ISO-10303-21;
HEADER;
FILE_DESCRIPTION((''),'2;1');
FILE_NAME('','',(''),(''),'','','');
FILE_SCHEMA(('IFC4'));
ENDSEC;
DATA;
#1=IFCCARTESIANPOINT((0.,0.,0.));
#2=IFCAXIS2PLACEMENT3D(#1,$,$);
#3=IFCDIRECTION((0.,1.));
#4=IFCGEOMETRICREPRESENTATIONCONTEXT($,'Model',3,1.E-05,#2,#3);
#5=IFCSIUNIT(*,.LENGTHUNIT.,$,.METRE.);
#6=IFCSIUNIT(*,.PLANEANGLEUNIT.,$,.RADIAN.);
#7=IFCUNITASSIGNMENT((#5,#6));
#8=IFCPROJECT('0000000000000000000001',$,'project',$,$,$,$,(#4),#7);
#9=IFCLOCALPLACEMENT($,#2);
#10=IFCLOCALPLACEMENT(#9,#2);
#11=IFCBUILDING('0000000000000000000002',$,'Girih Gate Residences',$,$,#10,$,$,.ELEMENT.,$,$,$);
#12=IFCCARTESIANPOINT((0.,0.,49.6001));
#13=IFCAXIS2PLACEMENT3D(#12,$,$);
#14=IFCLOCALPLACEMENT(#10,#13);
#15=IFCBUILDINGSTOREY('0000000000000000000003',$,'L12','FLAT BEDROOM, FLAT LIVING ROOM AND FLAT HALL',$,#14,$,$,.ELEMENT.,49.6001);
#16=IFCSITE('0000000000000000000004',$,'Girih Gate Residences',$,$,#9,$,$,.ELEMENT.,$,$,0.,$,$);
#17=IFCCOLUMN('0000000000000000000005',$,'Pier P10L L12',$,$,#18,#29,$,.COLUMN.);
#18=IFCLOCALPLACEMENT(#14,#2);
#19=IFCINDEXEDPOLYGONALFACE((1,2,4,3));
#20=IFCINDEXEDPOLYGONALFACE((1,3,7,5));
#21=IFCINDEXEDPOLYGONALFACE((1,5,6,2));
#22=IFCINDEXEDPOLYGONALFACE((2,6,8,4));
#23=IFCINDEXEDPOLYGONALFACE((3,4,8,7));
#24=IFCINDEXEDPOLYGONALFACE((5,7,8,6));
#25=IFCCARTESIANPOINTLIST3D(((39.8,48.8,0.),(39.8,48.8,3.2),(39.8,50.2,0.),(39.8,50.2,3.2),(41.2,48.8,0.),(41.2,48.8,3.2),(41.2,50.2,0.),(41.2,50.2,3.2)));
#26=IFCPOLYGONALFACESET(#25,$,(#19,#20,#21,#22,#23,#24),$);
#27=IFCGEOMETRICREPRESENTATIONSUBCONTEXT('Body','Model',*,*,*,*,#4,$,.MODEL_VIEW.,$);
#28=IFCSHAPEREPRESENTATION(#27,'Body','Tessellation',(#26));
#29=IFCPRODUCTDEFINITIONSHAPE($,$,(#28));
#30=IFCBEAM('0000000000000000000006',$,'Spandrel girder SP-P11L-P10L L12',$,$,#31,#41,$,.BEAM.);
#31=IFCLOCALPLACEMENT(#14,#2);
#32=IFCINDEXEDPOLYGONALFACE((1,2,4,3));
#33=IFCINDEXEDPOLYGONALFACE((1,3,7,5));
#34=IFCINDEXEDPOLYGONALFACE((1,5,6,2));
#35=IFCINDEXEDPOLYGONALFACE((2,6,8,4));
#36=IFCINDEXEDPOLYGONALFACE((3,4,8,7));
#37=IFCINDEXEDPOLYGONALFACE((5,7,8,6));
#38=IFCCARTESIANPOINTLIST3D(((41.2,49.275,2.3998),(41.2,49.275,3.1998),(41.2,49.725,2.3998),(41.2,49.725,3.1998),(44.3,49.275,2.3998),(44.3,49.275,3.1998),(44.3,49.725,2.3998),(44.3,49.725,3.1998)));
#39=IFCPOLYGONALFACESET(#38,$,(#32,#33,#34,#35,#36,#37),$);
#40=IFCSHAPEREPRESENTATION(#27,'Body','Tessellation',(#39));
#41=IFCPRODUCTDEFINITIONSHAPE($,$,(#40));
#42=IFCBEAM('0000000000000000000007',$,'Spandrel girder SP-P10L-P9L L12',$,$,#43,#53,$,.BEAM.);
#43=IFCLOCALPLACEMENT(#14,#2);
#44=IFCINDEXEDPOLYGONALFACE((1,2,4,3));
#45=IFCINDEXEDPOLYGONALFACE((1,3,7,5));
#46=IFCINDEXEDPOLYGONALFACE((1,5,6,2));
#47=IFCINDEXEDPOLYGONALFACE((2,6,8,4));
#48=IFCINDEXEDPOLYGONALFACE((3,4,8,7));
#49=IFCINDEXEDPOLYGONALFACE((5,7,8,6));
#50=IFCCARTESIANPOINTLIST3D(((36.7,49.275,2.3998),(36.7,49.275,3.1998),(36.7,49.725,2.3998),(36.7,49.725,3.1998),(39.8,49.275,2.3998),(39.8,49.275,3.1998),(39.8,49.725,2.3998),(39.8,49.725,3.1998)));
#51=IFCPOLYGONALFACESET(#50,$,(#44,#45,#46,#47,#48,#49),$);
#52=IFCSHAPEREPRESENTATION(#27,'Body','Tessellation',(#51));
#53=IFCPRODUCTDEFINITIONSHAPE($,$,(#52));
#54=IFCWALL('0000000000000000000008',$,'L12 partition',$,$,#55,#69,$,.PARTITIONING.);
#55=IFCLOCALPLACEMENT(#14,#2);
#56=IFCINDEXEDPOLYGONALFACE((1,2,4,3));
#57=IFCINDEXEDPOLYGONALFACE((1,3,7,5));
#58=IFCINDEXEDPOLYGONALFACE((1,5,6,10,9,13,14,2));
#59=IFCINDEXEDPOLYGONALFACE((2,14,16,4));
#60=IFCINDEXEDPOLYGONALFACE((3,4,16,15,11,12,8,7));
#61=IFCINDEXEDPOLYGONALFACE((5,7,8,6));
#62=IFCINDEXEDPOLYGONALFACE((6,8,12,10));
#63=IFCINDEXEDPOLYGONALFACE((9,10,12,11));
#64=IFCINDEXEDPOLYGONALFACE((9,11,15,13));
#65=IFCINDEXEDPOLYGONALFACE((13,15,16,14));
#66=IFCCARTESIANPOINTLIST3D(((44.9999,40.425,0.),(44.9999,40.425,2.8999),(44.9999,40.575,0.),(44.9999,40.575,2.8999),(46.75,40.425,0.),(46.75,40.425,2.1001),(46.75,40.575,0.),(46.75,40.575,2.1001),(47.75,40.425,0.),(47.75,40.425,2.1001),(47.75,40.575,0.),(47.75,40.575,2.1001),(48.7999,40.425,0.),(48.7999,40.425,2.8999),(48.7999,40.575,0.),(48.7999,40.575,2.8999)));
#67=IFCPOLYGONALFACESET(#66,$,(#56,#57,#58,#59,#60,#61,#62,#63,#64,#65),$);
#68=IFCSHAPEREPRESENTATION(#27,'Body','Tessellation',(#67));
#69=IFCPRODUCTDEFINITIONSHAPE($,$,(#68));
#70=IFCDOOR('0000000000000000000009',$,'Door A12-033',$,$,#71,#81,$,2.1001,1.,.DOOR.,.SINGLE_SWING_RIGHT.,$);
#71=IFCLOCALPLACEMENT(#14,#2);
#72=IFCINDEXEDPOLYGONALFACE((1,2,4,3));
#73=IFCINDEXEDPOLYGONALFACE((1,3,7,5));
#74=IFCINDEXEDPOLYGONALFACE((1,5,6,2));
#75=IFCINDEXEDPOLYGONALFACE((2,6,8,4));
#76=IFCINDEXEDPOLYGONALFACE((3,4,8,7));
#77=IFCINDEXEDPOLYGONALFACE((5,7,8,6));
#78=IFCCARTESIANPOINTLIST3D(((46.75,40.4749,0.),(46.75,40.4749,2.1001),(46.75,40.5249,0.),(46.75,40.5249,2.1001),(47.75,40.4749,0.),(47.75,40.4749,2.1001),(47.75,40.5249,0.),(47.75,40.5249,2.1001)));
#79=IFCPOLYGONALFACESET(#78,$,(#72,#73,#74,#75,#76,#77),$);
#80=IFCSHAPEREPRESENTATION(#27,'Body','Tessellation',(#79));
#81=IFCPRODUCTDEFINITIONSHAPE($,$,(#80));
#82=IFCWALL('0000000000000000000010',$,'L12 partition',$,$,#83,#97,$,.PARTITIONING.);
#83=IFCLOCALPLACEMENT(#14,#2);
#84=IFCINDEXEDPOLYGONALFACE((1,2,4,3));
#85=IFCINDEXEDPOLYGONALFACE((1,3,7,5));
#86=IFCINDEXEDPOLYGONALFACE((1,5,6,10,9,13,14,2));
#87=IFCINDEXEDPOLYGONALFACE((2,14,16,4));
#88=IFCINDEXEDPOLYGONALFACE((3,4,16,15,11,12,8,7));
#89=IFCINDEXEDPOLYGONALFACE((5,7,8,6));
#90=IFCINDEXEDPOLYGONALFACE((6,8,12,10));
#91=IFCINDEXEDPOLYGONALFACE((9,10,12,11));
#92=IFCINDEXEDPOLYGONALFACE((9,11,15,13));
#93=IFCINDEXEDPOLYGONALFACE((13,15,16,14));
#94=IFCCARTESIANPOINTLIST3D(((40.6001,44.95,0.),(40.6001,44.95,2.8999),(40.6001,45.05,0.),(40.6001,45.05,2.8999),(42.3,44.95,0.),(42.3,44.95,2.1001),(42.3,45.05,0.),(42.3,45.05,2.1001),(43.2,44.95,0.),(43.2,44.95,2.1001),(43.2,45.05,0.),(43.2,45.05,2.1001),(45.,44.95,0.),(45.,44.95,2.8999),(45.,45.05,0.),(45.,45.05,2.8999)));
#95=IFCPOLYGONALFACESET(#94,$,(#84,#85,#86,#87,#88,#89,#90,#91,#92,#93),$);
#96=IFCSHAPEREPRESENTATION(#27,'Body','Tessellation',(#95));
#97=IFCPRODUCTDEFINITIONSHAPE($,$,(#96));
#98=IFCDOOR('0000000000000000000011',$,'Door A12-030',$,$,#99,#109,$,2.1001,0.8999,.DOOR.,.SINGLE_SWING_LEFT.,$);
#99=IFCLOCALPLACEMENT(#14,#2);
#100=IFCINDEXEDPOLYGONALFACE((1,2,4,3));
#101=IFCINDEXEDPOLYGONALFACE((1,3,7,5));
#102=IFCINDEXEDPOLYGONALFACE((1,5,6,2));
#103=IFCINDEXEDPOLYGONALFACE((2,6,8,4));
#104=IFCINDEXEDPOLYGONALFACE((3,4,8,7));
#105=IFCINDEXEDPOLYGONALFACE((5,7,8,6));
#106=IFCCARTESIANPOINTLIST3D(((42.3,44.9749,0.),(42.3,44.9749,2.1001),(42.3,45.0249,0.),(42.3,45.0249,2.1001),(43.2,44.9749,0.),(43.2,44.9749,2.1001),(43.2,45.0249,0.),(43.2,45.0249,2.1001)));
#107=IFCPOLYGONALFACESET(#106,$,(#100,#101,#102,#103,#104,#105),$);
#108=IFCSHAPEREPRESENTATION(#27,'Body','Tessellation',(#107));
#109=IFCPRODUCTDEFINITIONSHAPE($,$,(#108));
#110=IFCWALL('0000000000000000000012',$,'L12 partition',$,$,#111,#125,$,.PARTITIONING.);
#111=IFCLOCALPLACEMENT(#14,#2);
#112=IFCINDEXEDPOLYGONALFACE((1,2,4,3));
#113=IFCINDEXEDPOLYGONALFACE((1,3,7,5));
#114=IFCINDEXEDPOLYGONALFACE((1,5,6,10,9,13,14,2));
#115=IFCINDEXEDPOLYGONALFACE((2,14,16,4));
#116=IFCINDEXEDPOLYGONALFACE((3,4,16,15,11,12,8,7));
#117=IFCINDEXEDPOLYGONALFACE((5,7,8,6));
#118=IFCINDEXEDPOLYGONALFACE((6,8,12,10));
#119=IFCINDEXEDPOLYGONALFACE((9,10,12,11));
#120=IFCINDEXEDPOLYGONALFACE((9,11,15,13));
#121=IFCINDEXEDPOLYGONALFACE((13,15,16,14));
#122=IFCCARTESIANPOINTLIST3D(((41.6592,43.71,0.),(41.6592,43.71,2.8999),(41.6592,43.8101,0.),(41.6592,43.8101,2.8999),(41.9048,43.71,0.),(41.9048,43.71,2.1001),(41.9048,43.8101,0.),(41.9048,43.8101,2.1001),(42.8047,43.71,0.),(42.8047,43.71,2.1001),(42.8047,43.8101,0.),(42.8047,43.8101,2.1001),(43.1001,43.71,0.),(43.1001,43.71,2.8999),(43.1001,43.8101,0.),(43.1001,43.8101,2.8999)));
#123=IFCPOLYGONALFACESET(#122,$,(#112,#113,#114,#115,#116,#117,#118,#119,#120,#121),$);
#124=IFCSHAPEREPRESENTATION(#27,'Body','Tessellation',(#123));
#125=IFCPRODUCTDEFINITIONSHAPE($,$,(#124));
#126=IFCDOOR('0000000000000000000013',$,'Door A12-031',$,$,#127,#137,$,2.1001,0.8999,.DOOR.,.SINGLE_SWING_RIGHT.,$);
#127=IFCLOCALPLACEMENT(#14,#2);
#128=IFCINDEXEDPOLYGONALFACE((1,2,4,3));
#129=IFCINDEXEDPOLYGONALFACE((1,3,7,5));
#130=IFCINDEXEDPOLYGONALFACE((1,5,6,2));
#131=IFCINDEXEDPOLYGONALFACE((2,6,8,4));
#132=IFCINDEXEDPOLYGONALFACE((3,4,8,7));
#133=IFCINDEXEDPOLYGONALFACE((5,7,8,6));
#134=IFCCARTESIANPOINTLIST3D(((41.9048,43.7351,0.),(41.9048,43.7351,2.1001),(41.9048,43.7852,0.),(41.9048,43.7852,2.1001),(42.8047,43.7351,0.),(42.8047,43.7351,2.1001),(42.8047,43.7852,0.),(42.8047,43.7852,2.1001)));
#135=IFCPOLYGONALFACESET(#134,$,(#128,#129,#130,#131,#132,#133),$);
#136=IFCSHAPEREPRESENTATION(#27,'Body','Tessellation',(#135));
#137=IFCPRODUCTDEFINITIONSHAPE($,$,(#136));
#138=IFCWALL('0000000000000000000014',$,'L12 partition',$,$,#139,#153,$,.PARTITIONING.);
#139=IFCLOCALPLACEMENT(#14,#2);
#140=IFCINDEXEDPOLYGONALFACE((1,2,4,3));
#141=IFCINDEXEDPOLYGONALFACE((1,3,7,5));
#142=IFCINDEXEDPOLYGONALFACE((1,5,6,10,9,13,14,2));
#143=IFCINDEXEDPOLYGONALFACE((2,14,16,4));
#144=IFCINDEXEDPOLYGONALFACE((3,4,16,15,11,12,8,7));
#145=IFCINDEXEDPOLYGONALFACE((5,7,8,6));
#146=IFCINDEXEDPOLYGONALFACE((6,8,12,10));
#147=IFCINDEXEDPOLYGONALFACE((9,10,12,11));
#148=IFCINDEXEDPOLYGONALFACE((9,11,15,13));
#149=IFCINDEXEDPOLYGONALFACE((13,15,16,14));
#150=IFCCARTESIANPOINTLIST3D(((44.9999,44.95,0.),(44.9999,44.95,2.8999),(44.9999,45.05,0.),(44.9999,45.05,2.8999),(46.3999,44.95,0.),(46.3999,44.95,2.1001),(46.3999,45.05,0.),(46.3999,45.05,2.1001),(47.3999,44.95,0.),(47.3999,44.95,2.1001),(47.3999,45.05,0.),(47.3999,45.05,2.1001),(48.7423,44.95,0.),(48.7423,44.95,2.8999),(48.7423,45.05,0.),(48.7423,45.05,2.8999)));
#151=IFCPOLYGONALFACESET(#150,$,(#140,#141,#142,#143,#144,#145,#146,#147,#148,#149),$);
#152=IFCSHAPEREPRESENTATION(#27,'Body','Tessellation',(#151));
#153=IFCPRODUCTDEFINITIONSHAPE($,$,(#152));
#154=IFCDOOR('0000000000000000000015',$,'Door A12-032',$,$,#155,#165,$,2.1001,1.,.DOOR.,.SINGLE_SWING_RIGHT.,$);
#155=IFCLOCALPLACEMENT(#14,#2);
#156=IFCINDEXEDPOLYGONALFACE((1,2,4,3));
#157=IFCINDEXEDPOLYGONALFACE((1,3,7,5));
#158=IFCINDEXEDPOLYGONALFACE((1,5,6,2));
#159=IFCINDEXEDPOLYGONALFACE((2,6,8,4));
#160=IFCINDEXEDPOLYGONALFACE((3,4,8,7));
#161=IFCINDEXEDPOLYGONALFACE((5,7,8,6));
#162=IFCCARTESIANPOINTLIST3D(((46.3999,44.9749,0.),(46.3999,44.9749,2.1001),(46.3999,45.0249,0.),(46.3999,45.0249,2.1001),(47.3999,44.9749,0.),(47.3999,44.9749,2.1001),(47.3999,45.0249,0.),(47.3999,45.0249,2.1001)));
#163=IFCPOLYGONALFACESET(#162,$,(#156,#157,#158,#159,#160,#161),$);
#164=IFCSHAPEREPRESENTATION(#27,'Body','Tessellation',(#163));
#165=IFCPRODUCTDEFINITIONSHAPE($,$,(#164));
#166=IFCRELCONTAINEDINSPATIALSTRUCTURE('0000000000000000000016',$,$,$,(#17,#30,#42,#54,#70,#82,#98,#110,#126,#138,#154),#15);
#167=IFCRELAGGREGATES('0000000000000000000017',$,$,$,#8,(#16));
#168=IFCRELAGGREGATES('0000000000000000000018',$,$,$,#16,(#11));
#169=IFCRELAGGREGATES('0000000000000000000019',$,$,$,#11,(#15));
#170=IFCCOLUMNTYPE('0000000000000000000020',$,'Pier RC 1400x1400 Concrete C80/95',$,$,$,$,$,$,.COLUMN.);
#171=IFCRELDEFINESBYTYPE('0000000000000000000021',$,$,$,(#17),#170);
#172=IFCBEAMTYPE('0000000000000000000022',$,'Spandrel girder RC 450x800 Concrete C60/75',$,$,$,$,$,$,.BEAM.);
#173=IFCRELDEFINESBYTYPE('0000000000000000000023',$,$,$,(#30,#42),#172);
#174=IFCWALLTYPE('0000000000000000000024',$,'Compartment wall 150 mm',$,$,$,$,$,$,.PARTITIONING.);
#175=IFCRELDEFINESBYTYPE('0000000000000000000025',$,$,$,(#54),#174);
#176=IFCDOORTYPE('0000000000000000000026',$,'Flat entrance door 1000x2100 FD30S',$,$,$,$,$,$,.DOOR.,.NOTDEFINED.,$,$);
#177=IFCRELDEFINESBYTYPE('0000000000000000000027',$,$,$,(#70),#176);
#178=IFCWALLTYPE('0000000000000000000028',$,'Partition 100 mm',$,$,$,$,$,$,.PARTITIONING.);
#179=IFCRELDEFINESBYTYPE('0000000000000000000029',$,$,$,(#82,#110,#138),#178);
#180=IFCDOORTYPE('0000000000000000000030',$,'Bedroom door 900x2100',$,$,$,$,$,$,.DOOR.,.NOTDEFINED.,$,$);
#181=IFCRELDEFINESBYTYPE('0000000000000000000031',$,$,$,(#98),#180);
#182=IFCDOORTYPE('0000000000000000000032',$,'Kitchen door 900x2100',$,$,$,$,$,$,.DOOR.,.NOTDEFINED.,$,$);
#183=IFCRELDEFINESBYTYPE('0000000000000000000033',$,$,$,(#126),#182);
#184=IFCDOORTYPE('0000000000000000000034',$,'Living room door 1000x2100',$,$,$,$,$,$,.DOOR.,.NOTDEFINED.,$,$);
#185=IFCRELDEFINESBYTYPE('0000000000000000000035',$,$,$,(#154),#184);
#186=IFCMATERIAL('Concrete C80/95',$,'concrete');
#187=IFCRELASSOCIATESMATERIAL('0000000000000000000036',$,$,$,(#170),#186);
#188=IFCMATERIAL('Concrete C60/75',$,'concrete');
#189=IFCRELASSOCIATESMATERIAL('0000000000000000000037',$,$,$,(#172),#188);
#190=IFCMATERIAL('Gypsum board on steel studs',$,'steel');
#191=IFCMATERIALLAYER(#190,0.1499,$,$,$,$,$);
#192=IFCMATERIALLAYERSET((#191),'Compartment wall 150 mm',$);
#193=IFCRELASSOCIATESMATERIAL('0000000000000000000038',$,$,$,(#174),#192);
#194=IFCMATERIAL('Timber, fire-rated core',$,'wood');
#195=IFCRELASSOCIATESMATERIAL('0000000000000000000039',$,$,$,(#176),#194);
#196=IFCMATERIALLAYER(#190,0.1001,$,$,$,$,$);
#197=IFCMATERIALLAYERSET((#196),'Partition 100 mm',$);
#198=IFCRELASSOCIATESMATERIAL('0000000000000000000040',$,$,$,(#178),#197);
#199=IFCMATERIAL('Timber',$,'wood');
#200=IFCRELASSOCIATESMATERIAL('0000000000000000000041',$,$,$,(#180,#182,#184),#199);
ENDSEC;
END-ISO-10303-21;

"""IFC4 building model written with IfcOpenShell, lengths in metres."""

from ifc_helpers import new_model, si_unit, direction, frame, frame_2d, origin, origin_2d, place, context, subcontext, project, spatial, rectangle, extrude, material, layer, layer_set, material_profile, profile_set, type_object, element, fill, save


model = new_model("IFC4")

# Units and contexts
model_context = context("Model", 3, precision=1e-05, world=origin(), true_north=direction((0.0, 1.0)))
body_context = subcontext(model_context, "Body", "Model", "MODEL_VIEW")
ifc_project = project(units=[si_unit("LENGTHUNIT", "METRE"), si_unit("PLANEANGLEUNIT", "RADIAN")], contexts=[model_context])

# Site, building, storey
site_placement = place(None, origin())
site = spatial("IfcSite", under=ifc_project, at=site_placement, Name="Girih Gate Residences", CompositionType="ELEMENT", RefElevation=0.0)
building_placement = place(site_placement, origin())
building = spatial("IfcBuilding", under=site, at=building_placement, Name="Girih Gate Residences", CompositionType="ELEMENT")
storey_placement = place(building_placement, frame((0.0, 0.0, 49.6001)))
storey = spatial("IfcBuildingStorey", under=building, at=storey_placement, Name="L12", Description="FLAT BEDROOM, FLAT LIVING ROOM AND FLAT HALL", CompositionType="ELEMENT", Elevation=49.6001)

# Column
ifc_material_1 = material(Name="Concrete C80/95", Category="concrete")
ifc_material_profile_1 = material_profile(ifc_material_1, rectangle(XDim=1.3999, YDim=1.3999, at=origin_2d()))
ifc_profile_set_1 = profile_set([ifc_material_profile_1], Name="Concrete C80/95")
column_type = type_object("IfcColumnType", Name="Pier RC 1400x1400 Concrete C80/95", PredefinedType="COLUMN", material=ifc_profile_set_1)
column_placement = place(storey_placement, frame((40.5, 49.5, 0.0), z_axis=(0.0, 0.0, 1.0), x_axis=(1.0, 0.0, 0.0)))
element("IfcColumn", 1, at=column_placement, inside=storey, type_object=column_type, Name="Pier P10L L12", PredefinedType="COLUMN", context=body_context, shape_type="SweptSolid", body=[
    extrude(rectangle(XDim=1.3999, YDim=1.3999, at=origin_2d()), origin(), (0.0, 0.0, 1.0), 3.2),
])

# Beams
ifc_material_2 = material(Name="Concrete C60/75", Category="concrete")
ifc_material_profile_2 = material_profile(ifc_material_2, rectangle(XDim=0.45, YDim=0.8, at=origin_2d()))
ifc_profile_set_2 = profile_set([ifc_material_profile_2], Name="Concrete C60/75")
beam_type = type_object("IfcBeamType", Name="Spandrel girder RC 450x800 Concrete C60/75", PredefinedType="BEAM", material=ifc_profile_set_2)
for number, where, z_axis, x_axis, name in (
    (2, (44.3, 49.5, 2.7998), (-1.0, 0.0, 0.0), (0.0, -1.0, 0.0), "Spandrel girder SP-P11L-P10L L12"),
    (3, (39.8, 49.5, 2.7998), (-1.0, 0.0, 0.0), (0.0, -1.0, 0.0), "Spandrel girder SP-P10L-P9L L12"),
):
    element("IfcBeam", number, at=place(storey_placement, frame(where, z_axis=z_axis, x_axis=x_axis)), inside=storey, type_object=beam_type, Name=name, PredefinedType="BEAM", context=body_context, shape_type="SweptSolid", body=[
        extrude(rectangle(XDim=0.45, YDim=0.8, at=origin_2d()), origin(), (0.0, 0.0, 1.0), 3.1001),
    ])

# Walls, openings, doors
ifc_material_3 = material(Name="Gypsum board on steel studs", Category="steel")
ifc_layer_1 = layer(ifc_material_3, 0.1499)
ifc_layer_set_1 = layer_set([ifc_layer_1], Name="Compartment wall 150 mm")
wall_type_1 = type_object("IfcWallType", Name="Compartment wall 150 mm", PredefinedType="PARTITIONING", material=ifc_layer_set_1)
wall_1_placement = place(storey_placement, frame((45.0, 40.5, 0.0), z_axis=(0.0, 0.0, 1.0), x_axis=(1.0, 0.0, 0.0)))
wall_1 = element("IfcWall", 4, at=wall_1_placement, inside=storey, type_object=wall_type_1, Name="L12 partition", PredefinedType="PARTITIONING", context=body_context, shape_type="SweptSolid", body=[
    extrude(rectangle(XDim=3.8, YDim=0.1499, at=frame_2d((1.8999, 0.0))), origin(), (0.0, 0.0, 1.0), 2.8999),
])
opening_1_placement = place(wall_1_placement, frame((1.75, 0.0, 0.0)))
opening_1 = element("IfcOpeningElement", 5, at=opening_1_placement, cuts=wall_1, PredefinedType="OPENING", context=body_context, shape_type="SweptSolid", body=[
    extrude(rectangle(XDim=1.0, YDim=2.1001, at=frame_2d((0.5, 1.05))), frame((0.0, 0.085, 0.0), z_axis=(0.0, -1.0, 0.0), x_axis=(1.0, 0.0, 0.0)), (0.0, 0.0, 1.0), 0.1699),
])
ifc_material_4 = material(Name="Timber, fire-rated core", Category="wood")
door_type_1 = type_object("IfcDoorType", Name="Flat entrance door 1000x2100 FD30S", OperationType="NOTDEFINED", PredefinedType="DOOR", material=ifc_material_4)
door_1_placement = place(opening_1_placement, origin())
door_1 = element("IfcDoor", 6, at=door_1_placement, inside=storey, type_object=door_type_1, Name="Door A12-033", OperationType="SINGLE_SWING_RIGHT", OverallHeight=2.1001, OverallWidth=1.0, PredefinedType="DOOR", context=body_context, shape_type="SweptSolid", body=[
    extrude(rectangle(XDim=1.0, YDim=2.1001, at=frame_2d((0.5, 1.05))), frame((0.0, 0.0249, 0.0), z_axis=(0.0, -1.0, 0.0), x_axis=(1.0, 0.0, 0.0)), (0.0, 0.0, 1.0), 0.05),
])
fill(opening_1, door_1)
ifc_layer_2 = layer(ifc_material_3, 0.1001)
ifc_layer_set_2 = layer_set([ifc_layer_2], Name="Partition 100 mm")
wall_type_2 = type_object("IfcWallType", Name="Partition 100 mm", PredefinedType="PARTITIONING", material=ifc_layer_set_2)
wall_2_placement = place(storey_placement, frame((40.6001, 45.0, 0.0), z_axis=(0.0, 0.0, 1.0), x_axis=(1.0, 0.0, 0.0)))
wall_2 = element("IfcWall", 7, at=wall_2_placement, inside=storey, type_object=wall_type_2, Name="L12 partition", PredefinedType="PARTITIONING", context=body_context, shape_type="SweptSolid", body=[
    extrude(rectangle(XDim=4.3999, YDim=0.1001, at=frame_2d((2.2, 0.0))), origin(), (0.0, 0.0, 1.0), 2.8999),
])
opening_2_placement = place(wall_2_placement, frame((1.7, 0.0, 0.0)))
opening_2 = element("IfcOpeningElement", 8, at=opening_2_placement, cuts=wall_2, PredefinedType="OPENING", context=body_context, shape_type="SweptSolid", body=[
    extrude(rectangle(XDim=0.8999, YDim=2.1001, at=frame_2d((0.45, 1.05))), frame((0.0, 0.0601, 0.0), z_axis=(0.0, -1.0, 0.0), x_axis=(1.0, 0.0, 0.0)), (0.0, 0.0, 1.0), 0.1201),
])
ifc_material_5 = material(Name="Timber", Category="wood")
door_type_2 = type_object("IfcDoorType", Name="Bedroom door 900x2100", OperationType="NOTDEFINED", PredefinedType="DOOR", material=ifc_material_5)
door_2_placement = place(opening_2_placement, origin())
door_2 = element("IfcDoor", 9, at=door_2_placement, inside=storey, type_object=door_type_2, Name="Door A12-030", OperationType="SINGLE_SWING_LEFT", OverallHeight=2.1001, OverallWidth=0.8999, PredefinedType="DOOR", context=body_context, shape_type="SweptSolid", body=[
    extrude(rectangle(XDim=0.8999, YDim=2.1001, at=frame_2d((0.45, 1.05))), frame((0.0, 0.0249, 0.0), z_axis=(0.0, -1.0, 0.0), x_axis=(1.0, 0.0, 0.0)), (0.0, 0.0, 1.0), 0.05),
])
fill(opening_2, door_2)
wall_3_placement = place(storey_placement, frame((43.1001, 43.76, 0.0), z_axis=(0.0, 0.0, 1.0), x_axis=(-1.0, 0.0, 0.0)))
wall_3 = element("IfcWall", 10, at=wall_3_placement, inside=storey, type_object=wall_type_2, Name="L12 partition", PredefinedType="PARTITIONING", context=body_context, shape_type="SweptSolid", body=[
    extrude(rectangle(XDim=1.4409, YDim=0.1001, at=frame_2d((0.7205, 0.0))), origin(), (0.0, 0.0, 1.0), 2.8999),
])
opening_3_placement = place(wall_3_placement, frame((0.2954, 0.0, 0.0)))
opening_3 = element("IfcOpeningElement", 11, at=opening_3_placement, cuts=wall_3, PredefinedType="OPENING", context=body_context, shape_type="SweptSolid", body=[
    extrude(rectangle(XDim=0.8999, YDim=2.1001, at=frame_2d((0.45, 1.05))), frame((0.0, 0.0601, 0.0), z_axis=(0.0, -1.0, 0.0), x_axis=(1.0, 0.0, 0.0)), (0.0, 0.0, 1.0), 0.1201),
])
door_type_3 = type_object("IfcDoorType", Name="Kitchen door 900x2100", OperationType="NOTDEFINED", PredefinedType="DOOR", material=ifc_material_5)
door_3_placement = place(opening_3_placement, origin())
door_3 = element("IfcDoor", 12, at=door_3_placement, inside=storey, type_object=door_type_3, Name="Door A12-031", OperationType="SINGLE_SWING_RIGHT", OverallHeight=2.1001, OverallWidth=0.8999, PredefinedType="DOOR", context=body_context, shape_type="SweptSolid", body=[
    extrude(rectangle(XDim=0.8999, YDim=2.1001, at=frame_2d((0.45, 1.05))), frame((0.0, 0.0249, 0.0), z_axis=(0.0, -1.0, 0.0), x_axis=(1.0, 0.0, 0.0)), (0.0, 0.0, 1.0), 0.05),
])
fill(opening_3, door_3)
wall_4_placement = place(storey_placement, frame((45.0, 45.0, 0.0), z_axis=(0.0, 0.0, 1.0), x_axis=(1.0, 0.0, 0.0)))
wall_4 = element("IfcWall", 13, at=wall_4_placement, inside=storey, type_object=wall_type_2, Name="L12 partition", PredefinedType="PARTITIONING", context=body_context, shape_type="SweptSolid", body=[
    extrude(rectangle(XDim=3.7424, YDim=0.1001, at=frame_2d((1.8711, 0.0))), origin(), (0.0, 0.0, 1.0), 2.8999),
])
opening_4_placement = place(wall_4_placement, frame((1.3999, 0.0, 0.0)))
opening_4 = element("IfcOpeningElement", 14, at=opening_4_placement, cuts=wall_4, PredefinedType="OPENING", context=body_context, shape_type="SweptSolid", body=[
    extrude(rectangle(XDim=1.0, YDim=2.1001, at=frame_2d((0.5, 1.05))), frame((0.0, 0.0601, 0.0), z_axis=(0.0, -1.0, 0.0), x_axis=(1.0, 0.0, 0.0)), (0.0, 0.0, 1.0), 0.1201),
])
door_type_4 = type_object("IfcDoorType", Name="Living room door 1000x2100", OperationType="NOTDEFINED", PredefinedType="DOOR", material=ifc_material_5)
door_4_placement = place(opening_4_placement, origin())
door_4 = element("IfcDoor", 15, at=door_4_placement, inside=storey, type_object=door_type_4, Name="Door A12-032", OperationType="SINGLE_SWING_RIGHT", OverallHeight=2.1001, OverallWidth=1.0, PredefinedType="DOOR", context=body_context, shape_type="SweptSolid", body=[
    extrude(rectangle(XDim=1.0, YDim=2.1001, at=frame_2d((0.5, 1.05))), frame((0.0, 0.0249, 0.0), z_axis=(0.0, -1.0, 0.0), x_axis=(1.0, 0.0, 0.0)), (0.0, 0.0, 1.0), 0.05),
])
fill(opening_4, door_4)

save(model, "model.ifc")
